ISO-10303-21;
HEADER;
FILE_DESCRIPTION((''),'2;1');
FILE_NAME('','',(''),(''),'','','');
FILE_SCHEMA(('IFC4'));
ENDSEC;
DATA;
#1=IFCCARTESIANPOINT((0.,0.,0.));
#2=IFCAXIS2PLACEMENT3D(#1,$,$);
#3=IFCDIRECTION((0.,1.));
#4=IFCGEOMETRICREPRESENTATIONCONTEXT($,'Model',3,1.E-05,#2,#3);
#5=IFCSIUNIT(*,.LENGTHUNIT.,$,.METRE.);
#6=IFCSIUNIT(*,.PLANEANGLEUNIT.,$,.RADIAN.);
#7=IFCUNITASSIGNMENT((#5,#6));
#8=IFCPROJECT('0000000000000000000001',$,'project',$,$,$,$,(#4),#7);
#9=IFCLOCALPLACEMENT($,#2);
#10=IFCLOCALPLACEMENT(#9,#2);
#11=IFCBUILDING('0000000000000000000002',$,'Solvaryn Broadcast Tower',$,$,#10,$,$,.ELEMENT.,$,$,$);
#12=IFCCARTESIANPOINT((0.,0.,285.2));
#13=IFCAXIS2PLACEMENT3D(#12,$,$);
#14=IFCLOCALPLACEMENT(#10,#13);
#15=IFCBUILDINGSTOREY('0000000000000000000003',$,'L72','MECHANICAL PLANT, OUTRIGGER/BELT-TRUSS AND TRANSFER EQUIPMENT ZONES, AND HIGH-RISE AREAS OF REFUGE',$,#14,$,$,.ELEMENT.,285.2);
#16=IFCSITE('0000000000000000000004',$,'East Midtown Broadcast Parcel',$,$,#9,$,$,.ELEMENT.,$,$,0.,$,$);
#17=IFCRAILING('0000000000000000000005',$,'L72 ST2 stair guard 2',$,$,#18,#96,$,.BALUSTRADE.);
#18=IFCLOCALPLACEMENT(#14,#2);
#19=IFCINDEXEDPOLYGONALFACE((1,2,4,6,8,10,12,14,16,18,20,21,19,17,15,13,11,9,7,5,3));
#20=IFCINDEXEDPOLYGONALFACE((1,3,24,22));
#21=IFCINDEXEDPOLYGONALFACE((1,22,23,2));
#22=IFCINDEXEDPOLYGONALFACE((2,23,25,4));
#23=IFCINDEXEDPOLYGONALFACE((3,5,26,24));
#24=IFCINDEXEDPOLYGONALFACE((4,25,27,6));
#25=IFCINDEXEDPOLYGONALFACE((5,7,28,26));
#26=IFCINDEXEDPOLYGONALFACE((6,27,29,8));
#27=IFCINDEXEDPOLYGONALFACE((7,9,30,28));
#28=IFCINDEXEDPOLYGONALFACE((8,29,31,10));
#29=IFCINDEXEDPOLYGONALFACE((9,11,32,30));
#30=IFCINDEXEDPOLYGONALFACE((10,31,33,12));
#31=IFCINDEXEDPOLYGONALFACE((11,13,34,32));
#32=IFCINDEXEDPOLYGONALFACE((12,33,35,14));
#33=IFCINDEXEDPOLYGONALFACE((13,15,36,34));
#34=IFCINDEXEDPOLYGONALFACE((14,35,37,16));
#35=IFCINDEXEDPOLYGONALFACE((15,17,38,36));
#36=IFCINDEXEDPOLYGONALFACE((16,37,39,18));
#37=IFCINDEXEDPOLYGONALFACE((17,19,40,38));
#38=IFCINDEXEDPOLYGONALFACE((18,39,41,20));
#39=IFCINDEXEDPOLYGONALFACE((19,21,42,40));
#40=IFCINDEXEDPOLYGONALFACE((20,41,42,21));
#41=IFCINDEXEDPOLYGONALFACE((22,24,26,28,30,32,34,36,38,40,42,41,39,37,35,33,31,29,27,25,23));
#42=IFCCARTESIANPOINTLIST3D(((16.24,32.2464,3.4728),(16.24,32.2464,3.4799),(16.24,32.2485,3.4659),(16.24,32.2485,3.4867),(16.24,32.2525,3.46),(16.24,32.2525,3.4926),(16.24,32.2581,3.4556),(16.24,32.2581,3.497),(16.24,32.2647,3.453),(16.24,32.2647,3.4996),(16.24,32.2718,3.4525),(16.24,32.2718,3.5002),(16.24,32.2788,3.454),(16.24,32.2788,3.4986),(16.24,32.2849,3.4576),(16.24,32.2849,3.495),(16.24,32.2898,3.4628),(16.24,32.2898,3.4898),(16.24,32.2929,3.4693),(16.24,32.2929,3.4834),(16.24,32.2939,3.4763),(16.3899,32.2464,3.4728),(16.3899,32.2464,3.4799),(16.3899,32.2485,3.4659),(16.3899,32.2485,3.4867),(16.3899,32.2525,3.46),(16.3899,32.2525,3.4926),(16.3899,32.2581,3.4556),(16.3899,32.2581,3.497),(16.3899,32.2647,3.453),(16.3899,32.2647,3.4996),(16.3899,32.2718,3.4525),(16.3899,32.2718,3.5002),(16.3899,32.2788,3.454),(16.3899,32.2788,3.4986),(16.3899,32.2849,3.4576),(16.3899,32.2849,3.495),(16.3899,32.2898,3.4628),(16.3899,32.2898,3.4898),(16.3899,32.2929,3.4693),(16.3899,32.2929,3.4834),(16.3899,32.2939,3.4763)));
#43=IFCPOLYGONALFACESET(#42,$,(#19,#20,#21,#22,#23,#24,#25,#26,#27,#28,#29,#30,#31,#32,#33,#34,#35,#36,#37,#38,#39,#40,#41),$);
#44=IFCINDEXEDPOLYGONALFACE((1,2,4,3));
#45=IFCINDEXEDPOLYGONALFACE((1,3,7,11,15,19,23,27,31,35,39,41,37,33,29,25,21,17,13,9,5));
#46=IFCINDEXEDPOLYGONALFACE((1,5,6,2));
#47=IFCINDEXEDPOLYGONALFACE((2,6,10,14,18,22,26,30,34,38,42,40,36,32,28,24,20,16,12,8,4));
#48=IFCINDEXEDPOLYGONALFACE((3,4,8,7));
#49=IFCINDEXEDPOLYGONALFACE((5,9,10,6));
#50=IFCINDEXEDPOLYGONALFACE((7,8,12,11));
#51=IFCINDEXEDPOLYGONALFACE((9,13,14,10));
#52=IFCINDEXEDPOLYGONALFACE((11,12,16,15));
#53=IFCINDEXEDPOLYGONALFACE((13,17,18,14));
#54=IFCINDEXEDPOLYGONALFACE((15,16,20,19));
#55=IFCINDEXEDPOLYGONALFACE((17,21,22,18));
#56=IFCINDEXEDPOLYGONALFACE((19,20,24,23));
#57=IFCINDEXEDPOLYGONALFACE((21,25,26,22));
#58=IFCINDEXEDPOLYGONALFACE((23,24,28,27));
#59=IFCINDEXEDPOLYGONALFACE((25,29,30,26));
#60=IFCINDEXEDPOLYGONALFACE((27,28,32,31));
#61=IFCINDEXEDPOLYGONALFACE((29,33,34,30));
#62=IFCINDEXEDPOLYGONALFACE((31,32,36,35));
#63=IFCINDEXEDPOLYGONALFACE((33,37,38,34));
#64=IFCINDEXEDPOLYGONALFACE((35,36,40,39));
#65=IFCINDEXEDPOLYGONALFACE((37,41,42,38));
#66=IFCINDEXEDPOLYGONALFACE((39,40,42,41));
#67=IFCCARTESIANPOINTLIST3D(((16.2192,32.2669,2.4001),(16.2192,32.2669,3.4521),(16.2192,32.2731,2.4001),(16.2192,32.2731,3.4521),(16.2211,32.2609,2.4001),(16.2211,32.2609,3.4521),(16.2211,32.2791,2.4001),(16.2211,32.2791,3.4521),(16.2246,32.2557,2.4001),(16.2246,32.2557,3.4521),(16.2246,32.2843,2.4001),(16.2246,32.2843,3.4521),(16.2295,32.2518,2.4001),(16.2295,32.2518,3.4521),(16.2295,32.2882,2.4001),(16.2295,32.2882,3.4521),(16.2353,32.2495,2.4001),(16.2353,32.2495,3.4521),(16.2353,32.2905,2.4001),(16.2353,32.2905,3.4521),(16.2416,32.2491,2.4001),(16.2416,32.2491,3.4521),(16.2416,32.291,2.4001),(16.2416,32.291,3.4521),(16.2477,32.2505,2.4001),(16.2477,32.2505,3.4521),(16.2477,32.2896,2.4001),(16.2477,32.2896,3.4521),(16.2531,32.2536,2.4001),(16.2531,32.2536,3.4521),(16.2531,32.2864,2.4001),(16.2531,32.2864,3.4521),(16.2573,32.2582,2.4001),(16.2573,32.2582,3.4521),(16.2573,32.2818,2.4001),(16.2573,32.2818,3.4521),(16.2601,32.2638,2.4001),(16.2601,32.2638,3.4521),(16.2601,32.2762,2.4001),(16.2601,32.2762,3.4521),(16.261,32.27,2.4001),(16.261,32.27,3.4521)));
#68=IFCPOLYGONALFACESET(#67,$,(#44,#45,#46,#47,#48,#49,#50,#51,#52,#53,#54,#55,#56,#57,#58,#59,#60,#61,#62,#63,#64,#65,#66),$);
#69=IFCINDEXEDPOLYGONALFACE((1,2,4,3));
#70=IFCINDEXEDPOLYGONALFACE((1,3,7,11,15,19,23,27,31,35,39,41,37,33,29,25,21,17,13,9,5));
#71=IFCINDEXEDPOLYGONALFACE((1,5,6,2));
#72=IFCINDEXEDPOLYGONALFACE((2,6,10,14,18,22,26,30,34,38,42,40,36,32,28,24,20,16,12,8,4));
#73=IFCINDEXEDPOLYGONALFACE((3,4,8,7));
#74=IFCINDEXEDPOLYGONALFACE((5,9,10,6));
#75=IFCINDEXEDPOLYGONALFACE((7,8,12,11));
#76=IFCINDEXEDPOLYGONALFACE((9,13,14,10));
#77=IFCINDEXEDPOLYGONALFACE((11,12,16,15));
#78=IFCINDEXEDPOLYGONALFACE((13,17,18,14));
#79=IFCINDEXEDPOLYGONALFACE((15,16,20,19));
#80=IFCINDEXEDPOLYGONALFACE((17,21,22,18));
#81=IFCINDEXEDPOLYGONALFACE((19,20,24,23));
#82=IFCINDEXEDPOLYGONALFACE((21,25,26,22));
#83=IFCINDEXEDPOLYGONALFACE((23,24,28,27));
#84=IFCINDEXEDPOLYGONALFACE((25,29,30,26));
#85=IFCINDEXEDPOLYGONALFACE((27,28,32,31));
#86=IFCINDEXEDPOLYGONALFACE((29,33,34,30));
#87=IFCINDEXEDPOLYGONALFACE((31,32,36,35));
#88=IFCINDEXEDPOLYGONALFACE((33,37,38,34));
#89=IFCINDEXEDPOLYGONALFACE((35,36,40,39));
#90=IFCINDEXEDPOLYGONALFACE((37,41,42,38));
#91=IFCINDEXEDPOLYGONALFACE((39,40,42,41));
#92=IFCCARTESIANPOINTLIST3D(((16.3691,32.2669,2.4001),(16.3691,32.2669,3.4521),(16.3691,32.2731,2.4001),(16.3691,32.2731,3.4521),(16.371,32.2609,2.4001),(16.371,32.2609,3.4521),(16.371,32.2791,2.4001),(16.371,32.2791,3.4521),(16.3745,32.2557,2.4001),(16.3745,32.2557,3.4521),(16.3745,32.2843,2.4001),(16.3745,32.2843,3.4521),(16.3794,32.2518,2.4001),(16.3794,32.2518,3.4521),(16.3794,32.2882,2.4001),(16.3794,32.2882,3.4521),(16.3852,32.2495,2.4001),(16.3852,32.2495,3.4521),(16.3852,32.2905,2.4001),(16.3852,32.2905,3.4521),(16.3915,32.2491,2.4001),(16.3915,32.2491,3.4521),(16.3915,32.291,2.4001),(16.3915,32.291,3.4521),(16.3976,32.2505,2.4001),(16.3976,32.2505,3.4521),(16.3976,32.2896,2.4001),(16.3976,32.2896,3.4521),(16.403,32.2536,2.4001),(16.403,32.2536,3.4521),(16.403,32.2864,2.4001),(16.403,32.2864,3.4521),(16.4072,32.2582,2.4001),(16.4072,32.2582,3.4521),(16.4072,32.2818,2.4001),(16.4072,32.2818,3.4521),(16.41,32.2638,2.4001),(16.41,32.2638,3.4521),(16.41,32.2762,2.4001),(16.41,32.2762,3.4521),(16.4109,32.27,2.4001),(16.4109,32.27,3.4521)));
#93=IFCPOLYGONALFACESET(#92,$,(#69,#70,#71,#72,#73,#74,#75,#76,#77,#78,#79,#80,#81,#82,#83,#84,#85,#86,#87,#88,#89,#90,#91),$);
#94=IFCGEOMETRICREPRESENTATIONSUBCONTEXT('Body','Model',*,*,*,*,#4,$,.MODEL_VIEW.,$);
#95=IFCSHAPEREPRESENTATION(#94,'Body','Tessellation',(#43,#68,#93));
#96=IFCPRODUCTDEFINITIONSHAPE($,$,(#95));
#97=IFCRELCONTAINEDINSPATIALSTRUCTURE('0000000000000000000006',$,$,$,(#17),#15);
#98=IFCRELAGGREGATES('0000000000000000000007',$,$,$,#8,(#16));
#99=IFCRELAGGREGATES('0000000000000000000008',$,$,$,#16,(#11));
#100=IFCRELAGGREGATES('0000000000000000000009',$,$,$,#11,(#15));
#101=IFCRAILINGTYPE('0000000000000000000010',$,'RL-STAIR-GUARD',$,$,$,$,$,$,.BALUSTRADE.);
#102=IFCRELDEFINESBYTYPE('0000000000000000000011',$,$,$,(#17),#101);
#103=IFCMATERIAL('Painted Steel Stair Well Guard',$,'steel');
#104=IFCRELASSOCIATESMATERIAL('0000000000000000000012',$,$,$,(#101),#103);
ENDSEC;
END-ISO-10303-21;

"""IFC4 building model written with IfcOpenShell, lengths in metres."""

from ifc_helpers import new_model, si_unit, direction, frame, origin, origin_2d, place, context, subcontext, project, spatial, circle, extrude, material, type_object, element, save


model = new_model("IFC4")

# Units and contexts
model_context = context("Model", 3, precision=1e-05, world=origin(), true_north=direction((0.0, 1.0)))
body_context = subcontext(model_context, "Body", "Model", "MODEL_VIEW")
ifc_project = project(units=[si_unit("LENGTHUNIT", "METRE"), si_unit("PLANEANGLEUNIT", "RADIAN")], contexts=[model_context])

# Site, building, storey
site_placement = place(None, origin())
site = spatial("IfcSite", under=ifc_project, at=site_placement, Name="East Midtown Broadcast Parcel", CompositionType="ELEMENT", RefElevation=0.0)
building_placement = place(site_placement, origin())
building = spatial("IfcBuilding", under=site, at=building_placement, Name="Solvaryn Broadcast Tower", CompositionType="ELEMENT")
storey_placement = place(building_placement, frame((0.0, 0.0, 285.2)))
storey = spatial("IfcBuildingStorey", under=building, at=storey_placement, Name="L72", Description="MECHANICAL PLANT, OUTRIGGER/BELT-TRUSS AND TRANSFER EQUIPMENT ZONES, AND HIGH-RISE AREAS OF REFUGE", CompositionType="ELEMENT", Elevation=285.2)

# Railing
ifc_material_1 = material(Name="Painted Steel Stair Well Guard", Category="steel")
railing_type_1 = type_object("IfcRailingType", Name="RL-STAIR-GUARD", PredefinedType="BALUSTRADE", material=ifc_material_1)
railing_1_placement = place(storey_placement, frame((16.24, 32.27, 2.4001)))
element("IfcRailing", 1, at=railing_1_placement, inside=storey, type_object=railing_type_1, Name="L72 ST2 stair guard 2", PredefinedType="BALUSTRADE", context=body_context, shape_type="SweptSolid", body=[
    extrude(circle(Radius=0.0239, at=origin_2d()), frame((0.0, 0.0, 1.0762), z_axis=(1.0, 0.0, 0.0), x_axis=(0.0, 1.0, 0.0)), (0.0, 0.0, 1.0), 0.1499),
    extrude(circle(Radius=0.021, at=origin_2d()), origin(), (0.0, 0.0, 1.0), 1.052),
    extrude(circle(Radius=0.021, at=origin_2d()), frame((0.1499, 0.0, 0.0)), (0.0, 0.0, 1.0), 1.052),
])

save(model, "model.ifc")
